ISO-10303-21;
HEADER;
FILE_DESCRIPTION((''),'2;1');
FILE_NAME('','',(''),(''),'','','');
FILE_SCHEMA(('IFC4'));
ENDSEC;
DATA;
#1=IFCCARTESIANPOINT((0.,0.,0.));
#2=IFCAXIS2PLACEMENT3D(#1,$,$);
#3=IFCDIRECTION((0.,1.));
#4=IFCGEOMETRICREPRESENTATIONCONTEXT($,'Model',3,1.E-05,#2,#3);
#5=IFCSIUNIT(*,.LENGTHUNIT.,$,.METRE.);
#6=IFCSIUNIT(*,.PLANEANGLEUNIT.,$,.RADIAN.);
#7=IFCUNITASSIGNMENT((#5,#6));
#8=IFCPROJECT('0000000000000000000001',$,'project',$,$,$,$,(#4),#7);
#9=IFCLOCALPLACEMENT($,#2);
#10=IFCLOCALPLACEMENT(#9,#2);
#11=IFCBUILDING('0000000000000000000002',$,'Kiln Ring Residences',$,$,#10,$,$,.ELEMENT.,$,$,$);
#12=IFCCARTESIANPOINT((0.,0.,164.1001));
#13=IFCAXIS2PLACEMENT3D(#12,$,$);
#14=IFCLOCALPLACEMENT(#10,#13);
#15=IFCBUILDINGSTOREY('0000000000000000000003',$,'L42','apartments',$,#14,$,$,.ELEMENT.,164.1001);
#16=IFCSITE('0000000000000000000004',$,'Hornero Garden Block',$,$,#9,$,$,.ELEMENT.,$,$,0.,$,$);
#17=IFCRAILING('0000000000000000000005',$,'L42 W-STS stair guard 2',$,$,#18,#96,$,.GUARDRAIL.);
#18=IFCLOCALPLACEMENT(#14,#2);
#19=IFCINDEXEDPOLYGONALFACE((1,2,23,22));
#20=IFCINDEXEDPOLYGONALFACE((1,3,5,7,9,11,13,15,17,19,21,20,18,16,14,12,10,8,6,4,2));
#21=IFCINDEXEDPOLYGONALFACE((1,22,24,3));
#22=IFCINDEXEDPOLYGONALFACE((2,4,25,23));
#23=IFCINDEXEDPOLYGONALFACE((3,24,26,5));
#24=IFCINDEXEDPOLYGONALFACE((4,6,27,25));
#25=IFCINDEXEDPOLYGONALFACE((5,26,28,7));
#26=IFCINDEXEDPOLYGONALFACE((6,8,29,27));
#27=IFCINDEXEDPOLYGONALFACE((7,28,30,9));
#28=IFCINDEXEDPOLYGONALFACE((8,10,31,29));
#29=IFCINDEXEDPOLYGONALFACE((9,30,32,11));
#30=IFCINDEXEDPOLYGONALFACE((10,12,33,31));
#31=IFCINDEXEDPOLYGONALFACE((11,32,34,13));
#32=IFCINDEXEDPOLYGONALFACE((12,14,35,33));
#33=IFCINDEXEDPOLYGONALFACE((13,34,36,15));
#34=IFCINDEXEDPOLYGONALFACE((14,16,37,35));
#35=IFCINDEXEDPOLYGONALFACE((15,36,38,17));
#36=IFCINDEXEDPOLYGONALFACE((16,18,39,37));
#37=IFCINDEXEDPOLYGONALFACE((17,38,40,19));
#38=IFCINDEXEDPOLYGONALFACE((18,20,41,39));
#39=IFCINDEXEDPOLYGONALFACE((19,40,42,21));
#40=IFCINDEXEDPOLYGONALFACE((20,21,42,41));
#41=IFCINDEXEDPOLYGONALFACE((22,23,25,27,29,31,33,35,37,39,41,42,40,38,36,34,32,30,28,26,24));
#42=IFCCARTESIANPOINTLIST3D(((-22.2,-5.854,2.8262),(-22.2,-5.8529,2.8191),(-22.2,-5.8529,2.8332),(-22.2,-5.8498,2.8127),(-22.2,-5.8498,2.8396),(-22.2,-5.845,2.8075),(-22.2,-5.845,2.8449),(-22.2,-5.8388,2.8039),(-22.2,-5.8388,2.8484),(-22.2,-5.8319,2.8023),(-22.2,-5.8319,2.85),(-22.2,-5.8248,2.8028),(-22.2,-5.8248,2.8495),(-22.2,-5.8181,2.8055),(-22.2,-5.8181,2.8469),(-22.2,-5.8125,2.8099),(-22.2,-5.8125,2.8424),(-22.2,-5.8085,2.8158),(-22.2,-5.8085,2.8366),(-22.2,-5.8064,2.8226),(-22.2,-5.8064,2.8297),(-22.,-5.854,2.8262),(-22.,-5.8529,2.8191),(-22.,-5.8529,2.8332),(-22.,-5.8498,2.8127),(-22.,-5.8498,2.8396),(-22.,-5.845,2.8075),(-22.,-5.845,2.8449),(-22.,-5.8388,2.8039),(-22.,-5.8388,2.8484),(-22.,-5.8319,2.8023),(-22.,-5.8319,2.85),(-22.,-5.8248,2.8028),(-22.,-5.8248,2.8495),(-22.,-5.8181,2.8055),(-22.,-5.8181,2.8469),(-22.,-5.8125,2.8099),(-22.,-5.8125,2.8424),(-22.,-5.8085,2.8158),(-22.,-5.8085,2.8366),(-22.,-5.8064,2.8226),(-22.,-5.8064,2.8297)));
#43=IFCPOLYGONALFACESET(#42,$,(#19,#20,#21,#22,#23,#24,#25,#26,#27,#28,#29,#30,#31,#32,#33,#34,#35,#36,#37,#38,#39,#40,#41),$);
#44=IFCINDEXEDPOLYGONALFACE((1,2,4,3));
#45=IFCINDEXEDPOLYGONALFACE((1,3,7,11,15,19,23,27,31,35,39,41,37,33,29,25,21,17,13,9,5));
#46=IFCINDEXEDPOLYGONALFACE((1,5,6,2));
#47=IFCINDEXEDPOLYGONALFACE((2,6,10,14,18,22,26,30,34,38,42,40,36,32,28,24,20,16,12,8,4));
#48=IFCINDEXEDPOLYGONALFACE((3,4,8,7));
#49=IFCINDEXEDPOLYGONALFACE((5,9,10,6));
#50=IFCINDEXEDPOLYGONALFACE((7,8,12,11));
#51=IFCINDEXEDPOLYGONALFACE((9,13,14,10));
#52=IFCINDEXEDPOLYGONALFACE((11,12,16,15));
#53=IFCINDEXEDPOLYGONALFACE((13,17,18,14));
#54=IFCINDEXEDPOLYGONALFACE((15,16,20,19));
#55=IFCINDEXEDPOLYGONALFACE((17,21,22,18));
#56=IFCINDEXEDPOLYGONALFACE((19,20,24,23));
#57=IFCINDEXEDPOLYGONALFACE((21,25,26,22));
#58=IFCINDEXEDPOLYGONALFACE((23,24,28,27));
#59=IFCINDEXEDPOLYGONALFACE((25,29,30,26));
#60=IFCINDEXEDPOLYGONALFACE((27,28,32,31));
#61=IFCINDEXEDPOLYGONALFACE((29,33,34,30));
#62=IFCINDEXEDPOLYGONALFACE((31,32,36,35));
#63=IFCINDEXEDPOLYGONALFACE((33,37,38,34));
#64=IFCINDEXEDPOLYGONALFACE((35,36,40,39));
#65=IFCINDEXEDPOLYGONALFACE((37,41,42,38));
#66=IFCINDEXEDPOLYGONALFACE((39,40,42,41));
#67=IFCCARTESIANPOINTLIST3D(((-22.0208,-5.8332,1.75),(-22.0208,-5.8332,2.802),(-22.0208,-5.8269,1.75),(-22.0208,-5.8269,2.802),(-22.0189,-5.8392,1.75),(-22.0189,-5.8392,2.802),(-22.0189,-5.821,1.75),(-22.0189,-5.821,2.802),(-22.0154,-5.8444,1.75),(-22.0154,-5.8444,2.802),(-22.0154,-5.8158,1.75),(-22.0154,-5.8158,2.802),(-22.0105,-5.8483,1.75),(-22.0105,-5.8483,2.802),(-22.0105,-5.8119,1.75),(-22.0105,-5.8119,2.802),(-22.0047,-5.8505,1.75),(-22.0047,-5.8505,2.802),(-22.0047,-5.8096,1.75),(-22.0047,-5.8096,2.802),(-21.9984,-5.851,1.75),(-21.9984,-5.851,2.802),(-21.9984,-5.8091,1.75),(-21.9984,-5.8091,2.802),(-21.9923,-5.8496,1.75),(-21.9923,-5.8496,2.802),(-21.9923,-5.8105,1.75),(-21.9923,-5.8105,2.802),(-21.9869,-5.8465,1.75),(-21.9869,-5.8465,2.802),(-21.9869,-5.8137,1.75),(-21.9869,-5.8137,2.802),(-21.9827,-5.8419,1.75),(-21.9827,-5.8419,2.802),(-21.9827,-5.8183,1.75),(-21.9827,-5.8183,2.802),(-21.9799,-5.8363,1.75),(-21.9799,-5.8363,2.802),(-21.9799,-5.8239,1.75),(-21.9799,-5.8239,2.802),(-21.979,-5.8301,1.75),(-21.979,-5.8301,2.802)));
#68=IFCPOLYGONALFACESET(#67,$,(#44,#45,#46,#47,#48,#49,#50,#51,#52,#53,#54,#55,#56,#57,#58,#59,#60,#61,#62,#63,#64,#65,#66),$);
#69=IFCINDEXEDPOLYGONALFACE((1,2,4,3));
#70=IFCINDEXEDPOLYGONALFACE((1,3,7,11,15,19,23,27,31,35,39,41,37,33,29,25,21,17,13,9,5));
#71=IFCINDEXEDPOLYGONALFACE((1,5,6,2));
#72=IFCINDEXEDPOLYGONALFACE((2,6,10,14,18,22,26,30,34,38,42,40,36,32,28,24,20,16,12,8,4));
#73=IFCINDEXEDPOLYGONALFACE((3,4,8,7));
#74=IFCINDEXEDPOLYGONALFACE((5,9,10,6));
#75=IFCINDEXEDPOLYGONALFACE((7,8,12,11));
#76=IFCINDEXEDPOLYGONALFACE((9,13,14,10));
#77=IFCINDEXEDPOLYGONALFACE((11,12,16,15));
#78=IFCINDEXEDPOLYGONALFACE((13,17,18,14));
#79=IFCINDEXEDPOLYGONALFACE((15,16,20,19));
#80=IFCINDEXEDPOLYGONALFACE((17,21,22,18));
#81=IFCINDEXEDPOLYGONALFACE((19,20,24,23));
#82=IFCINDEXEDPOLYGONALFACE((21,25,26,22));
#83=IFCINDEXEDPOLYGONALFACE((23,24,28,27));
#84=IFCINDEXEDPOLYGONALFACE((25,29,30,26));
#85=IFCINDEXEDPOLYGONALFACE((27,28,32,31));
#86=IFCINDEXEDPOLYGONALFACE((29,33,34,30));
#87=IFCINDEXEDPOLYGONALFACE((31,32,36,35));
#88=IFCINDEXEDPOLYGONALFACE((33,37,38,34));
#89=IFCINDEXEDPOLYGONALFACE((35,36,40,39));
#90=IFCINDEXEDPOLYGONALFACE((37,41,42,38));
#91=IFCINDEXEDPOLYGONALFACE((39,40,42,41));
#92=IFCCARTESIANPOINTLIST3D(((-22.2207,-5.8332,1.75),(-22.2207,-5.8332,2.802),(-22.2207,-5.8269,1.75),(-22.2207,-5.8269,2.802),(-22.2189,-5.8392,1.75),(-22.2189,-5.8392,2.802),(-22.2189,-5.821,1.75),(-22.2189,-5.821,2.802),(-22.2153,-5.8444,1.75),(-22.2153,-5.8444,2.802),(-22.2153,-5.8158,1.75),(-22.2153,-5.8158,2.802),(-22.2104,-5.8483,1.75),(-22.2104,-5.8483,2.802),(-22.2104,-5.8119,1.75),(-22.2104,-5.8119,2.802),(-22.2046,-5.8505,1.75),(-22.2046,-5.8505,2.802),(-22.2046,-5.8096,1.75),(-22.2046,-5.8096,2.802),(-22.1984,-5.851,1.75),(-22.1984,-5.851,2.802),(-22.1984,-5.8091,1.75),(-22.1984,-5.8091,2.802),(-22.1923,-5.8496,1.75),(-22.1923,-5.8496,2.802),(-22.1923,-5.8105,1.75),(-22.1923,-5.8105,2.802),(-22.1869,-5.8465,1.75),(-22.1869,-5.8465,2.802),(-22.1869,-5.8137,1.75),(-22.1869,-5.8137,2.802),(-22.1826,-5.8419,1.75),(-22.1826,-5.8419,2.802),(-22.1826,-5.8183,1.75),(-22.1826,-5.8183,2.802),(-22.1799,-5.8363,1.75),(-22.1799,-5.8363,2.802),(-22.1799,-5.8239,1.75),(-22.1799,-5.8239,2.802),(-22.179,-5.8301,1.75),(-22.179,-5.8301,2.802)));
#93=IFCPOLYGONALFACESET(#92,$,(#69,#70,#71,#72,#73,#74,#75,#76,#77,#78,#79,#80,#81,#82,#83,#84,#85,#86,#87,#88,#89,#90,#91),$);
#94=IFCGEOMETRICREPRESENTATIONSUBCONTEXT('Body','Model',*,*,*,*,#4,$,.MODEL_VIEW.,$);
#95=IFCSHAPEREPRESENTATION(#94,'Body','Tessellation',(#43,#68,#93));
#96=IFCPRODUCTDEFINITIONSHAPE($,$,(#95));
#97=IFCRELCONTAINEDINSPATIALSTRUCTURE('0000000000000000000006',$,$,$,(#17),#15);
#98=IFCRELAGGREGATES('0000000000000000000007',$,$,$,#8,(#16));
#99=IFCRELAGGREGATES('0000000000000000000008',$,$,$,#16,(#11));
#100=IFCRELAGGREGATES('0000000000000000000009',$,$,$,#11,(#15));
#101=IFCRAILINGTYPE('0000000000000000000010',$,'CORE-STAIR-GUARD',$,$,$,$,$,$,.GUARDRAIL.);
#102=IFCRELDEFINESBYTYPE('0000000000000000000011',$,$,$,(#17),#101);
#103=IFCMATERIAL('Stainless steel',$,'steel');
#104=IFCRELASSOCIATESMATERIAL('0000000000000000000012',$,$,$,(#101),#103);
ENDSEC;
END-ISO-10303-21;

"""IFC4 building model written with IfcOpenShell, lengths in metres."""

from ifc_helpers import new_model, si_unit, direction, frame, origin, origin_2d, place, context, subcontext, project, spatial, circle, extrude, material, type_object, element, save


model = new_model("IFC4")

# Units and contexts
model_context = context("Model", 3, precision=1e-05, world=origin(), true_north=direction((0.0, 1.0)))
body_context = subcontext(model_context, "Body", "Model", "MODEL_VIEW")
ifc_project = project(units=[si_unit("LENGTHUNIT", "METRE"), si_unit("PLANEANGLEUNIT", "RADIAN")], contexts=[model_context])

# Site, building, storey
site_placement = place(None, origin())
site = spatial("IfcSite", under=ifc_project, at=site_placement, Name="Hornero Garden Block", CompositionType="ELEMENT", RefElevation=0.0)
building_placement = place(site_placement, origin())
building = spatial("IfcBuilding", under=site, at=building_placement, Name="Kiln Ring Residences", CompositionType="ELEMENT")
storey_placement = place(building_placement, frame((0.0, 0.0, 164.1001)))
storey = spatial("IfcBuildingStorey", under=building, at=storey_placement, Name="L42", Description="apartments", CompositionType="ELEMENT", Elevation=164.1001)

# Railing
ifc_material_1 = material(Name="Stainless steel", Category="steel")
railing_type_1 = type_object("IfcRailingType", Name="CORE-STAIR-GUARD", PredefinedType="GUARDRAIL", material=ifc_material_1)
railing_1_placement = place(storey_placement, frame((-22.0, -5.8301, 1.75)))
element("IfcRailing", 1, at=railing_1_placement, inside=storey, type_object=railing_type_1, Name="L42 W-STS stair guard 2", PredefinedType="GUARDRAIL", context=body_context, shape_type="SweptSolid", body=[
    extrude(circle(Radius=0.0239, at=origin_2d()), frame((0.0, 0.0, 1.0762), z_axis=(-1.0, 0.0, 0.0), x_axis=(0.0, -1.0, 0.0)), (0.0, 0.0, 1.0), 0.2),
    extrude(circle(Radius=0.021, at=origin_2d()), origin(), (0.0, 0.0, 1.0), 1.052),
    extrude(circle(Radius=0.021, at=origin_2d()), frame((-0.2, 0.0, 0.0)), (0.0, 0.0, 1.0), 1.052),
])

save(model, "model.ifc")
